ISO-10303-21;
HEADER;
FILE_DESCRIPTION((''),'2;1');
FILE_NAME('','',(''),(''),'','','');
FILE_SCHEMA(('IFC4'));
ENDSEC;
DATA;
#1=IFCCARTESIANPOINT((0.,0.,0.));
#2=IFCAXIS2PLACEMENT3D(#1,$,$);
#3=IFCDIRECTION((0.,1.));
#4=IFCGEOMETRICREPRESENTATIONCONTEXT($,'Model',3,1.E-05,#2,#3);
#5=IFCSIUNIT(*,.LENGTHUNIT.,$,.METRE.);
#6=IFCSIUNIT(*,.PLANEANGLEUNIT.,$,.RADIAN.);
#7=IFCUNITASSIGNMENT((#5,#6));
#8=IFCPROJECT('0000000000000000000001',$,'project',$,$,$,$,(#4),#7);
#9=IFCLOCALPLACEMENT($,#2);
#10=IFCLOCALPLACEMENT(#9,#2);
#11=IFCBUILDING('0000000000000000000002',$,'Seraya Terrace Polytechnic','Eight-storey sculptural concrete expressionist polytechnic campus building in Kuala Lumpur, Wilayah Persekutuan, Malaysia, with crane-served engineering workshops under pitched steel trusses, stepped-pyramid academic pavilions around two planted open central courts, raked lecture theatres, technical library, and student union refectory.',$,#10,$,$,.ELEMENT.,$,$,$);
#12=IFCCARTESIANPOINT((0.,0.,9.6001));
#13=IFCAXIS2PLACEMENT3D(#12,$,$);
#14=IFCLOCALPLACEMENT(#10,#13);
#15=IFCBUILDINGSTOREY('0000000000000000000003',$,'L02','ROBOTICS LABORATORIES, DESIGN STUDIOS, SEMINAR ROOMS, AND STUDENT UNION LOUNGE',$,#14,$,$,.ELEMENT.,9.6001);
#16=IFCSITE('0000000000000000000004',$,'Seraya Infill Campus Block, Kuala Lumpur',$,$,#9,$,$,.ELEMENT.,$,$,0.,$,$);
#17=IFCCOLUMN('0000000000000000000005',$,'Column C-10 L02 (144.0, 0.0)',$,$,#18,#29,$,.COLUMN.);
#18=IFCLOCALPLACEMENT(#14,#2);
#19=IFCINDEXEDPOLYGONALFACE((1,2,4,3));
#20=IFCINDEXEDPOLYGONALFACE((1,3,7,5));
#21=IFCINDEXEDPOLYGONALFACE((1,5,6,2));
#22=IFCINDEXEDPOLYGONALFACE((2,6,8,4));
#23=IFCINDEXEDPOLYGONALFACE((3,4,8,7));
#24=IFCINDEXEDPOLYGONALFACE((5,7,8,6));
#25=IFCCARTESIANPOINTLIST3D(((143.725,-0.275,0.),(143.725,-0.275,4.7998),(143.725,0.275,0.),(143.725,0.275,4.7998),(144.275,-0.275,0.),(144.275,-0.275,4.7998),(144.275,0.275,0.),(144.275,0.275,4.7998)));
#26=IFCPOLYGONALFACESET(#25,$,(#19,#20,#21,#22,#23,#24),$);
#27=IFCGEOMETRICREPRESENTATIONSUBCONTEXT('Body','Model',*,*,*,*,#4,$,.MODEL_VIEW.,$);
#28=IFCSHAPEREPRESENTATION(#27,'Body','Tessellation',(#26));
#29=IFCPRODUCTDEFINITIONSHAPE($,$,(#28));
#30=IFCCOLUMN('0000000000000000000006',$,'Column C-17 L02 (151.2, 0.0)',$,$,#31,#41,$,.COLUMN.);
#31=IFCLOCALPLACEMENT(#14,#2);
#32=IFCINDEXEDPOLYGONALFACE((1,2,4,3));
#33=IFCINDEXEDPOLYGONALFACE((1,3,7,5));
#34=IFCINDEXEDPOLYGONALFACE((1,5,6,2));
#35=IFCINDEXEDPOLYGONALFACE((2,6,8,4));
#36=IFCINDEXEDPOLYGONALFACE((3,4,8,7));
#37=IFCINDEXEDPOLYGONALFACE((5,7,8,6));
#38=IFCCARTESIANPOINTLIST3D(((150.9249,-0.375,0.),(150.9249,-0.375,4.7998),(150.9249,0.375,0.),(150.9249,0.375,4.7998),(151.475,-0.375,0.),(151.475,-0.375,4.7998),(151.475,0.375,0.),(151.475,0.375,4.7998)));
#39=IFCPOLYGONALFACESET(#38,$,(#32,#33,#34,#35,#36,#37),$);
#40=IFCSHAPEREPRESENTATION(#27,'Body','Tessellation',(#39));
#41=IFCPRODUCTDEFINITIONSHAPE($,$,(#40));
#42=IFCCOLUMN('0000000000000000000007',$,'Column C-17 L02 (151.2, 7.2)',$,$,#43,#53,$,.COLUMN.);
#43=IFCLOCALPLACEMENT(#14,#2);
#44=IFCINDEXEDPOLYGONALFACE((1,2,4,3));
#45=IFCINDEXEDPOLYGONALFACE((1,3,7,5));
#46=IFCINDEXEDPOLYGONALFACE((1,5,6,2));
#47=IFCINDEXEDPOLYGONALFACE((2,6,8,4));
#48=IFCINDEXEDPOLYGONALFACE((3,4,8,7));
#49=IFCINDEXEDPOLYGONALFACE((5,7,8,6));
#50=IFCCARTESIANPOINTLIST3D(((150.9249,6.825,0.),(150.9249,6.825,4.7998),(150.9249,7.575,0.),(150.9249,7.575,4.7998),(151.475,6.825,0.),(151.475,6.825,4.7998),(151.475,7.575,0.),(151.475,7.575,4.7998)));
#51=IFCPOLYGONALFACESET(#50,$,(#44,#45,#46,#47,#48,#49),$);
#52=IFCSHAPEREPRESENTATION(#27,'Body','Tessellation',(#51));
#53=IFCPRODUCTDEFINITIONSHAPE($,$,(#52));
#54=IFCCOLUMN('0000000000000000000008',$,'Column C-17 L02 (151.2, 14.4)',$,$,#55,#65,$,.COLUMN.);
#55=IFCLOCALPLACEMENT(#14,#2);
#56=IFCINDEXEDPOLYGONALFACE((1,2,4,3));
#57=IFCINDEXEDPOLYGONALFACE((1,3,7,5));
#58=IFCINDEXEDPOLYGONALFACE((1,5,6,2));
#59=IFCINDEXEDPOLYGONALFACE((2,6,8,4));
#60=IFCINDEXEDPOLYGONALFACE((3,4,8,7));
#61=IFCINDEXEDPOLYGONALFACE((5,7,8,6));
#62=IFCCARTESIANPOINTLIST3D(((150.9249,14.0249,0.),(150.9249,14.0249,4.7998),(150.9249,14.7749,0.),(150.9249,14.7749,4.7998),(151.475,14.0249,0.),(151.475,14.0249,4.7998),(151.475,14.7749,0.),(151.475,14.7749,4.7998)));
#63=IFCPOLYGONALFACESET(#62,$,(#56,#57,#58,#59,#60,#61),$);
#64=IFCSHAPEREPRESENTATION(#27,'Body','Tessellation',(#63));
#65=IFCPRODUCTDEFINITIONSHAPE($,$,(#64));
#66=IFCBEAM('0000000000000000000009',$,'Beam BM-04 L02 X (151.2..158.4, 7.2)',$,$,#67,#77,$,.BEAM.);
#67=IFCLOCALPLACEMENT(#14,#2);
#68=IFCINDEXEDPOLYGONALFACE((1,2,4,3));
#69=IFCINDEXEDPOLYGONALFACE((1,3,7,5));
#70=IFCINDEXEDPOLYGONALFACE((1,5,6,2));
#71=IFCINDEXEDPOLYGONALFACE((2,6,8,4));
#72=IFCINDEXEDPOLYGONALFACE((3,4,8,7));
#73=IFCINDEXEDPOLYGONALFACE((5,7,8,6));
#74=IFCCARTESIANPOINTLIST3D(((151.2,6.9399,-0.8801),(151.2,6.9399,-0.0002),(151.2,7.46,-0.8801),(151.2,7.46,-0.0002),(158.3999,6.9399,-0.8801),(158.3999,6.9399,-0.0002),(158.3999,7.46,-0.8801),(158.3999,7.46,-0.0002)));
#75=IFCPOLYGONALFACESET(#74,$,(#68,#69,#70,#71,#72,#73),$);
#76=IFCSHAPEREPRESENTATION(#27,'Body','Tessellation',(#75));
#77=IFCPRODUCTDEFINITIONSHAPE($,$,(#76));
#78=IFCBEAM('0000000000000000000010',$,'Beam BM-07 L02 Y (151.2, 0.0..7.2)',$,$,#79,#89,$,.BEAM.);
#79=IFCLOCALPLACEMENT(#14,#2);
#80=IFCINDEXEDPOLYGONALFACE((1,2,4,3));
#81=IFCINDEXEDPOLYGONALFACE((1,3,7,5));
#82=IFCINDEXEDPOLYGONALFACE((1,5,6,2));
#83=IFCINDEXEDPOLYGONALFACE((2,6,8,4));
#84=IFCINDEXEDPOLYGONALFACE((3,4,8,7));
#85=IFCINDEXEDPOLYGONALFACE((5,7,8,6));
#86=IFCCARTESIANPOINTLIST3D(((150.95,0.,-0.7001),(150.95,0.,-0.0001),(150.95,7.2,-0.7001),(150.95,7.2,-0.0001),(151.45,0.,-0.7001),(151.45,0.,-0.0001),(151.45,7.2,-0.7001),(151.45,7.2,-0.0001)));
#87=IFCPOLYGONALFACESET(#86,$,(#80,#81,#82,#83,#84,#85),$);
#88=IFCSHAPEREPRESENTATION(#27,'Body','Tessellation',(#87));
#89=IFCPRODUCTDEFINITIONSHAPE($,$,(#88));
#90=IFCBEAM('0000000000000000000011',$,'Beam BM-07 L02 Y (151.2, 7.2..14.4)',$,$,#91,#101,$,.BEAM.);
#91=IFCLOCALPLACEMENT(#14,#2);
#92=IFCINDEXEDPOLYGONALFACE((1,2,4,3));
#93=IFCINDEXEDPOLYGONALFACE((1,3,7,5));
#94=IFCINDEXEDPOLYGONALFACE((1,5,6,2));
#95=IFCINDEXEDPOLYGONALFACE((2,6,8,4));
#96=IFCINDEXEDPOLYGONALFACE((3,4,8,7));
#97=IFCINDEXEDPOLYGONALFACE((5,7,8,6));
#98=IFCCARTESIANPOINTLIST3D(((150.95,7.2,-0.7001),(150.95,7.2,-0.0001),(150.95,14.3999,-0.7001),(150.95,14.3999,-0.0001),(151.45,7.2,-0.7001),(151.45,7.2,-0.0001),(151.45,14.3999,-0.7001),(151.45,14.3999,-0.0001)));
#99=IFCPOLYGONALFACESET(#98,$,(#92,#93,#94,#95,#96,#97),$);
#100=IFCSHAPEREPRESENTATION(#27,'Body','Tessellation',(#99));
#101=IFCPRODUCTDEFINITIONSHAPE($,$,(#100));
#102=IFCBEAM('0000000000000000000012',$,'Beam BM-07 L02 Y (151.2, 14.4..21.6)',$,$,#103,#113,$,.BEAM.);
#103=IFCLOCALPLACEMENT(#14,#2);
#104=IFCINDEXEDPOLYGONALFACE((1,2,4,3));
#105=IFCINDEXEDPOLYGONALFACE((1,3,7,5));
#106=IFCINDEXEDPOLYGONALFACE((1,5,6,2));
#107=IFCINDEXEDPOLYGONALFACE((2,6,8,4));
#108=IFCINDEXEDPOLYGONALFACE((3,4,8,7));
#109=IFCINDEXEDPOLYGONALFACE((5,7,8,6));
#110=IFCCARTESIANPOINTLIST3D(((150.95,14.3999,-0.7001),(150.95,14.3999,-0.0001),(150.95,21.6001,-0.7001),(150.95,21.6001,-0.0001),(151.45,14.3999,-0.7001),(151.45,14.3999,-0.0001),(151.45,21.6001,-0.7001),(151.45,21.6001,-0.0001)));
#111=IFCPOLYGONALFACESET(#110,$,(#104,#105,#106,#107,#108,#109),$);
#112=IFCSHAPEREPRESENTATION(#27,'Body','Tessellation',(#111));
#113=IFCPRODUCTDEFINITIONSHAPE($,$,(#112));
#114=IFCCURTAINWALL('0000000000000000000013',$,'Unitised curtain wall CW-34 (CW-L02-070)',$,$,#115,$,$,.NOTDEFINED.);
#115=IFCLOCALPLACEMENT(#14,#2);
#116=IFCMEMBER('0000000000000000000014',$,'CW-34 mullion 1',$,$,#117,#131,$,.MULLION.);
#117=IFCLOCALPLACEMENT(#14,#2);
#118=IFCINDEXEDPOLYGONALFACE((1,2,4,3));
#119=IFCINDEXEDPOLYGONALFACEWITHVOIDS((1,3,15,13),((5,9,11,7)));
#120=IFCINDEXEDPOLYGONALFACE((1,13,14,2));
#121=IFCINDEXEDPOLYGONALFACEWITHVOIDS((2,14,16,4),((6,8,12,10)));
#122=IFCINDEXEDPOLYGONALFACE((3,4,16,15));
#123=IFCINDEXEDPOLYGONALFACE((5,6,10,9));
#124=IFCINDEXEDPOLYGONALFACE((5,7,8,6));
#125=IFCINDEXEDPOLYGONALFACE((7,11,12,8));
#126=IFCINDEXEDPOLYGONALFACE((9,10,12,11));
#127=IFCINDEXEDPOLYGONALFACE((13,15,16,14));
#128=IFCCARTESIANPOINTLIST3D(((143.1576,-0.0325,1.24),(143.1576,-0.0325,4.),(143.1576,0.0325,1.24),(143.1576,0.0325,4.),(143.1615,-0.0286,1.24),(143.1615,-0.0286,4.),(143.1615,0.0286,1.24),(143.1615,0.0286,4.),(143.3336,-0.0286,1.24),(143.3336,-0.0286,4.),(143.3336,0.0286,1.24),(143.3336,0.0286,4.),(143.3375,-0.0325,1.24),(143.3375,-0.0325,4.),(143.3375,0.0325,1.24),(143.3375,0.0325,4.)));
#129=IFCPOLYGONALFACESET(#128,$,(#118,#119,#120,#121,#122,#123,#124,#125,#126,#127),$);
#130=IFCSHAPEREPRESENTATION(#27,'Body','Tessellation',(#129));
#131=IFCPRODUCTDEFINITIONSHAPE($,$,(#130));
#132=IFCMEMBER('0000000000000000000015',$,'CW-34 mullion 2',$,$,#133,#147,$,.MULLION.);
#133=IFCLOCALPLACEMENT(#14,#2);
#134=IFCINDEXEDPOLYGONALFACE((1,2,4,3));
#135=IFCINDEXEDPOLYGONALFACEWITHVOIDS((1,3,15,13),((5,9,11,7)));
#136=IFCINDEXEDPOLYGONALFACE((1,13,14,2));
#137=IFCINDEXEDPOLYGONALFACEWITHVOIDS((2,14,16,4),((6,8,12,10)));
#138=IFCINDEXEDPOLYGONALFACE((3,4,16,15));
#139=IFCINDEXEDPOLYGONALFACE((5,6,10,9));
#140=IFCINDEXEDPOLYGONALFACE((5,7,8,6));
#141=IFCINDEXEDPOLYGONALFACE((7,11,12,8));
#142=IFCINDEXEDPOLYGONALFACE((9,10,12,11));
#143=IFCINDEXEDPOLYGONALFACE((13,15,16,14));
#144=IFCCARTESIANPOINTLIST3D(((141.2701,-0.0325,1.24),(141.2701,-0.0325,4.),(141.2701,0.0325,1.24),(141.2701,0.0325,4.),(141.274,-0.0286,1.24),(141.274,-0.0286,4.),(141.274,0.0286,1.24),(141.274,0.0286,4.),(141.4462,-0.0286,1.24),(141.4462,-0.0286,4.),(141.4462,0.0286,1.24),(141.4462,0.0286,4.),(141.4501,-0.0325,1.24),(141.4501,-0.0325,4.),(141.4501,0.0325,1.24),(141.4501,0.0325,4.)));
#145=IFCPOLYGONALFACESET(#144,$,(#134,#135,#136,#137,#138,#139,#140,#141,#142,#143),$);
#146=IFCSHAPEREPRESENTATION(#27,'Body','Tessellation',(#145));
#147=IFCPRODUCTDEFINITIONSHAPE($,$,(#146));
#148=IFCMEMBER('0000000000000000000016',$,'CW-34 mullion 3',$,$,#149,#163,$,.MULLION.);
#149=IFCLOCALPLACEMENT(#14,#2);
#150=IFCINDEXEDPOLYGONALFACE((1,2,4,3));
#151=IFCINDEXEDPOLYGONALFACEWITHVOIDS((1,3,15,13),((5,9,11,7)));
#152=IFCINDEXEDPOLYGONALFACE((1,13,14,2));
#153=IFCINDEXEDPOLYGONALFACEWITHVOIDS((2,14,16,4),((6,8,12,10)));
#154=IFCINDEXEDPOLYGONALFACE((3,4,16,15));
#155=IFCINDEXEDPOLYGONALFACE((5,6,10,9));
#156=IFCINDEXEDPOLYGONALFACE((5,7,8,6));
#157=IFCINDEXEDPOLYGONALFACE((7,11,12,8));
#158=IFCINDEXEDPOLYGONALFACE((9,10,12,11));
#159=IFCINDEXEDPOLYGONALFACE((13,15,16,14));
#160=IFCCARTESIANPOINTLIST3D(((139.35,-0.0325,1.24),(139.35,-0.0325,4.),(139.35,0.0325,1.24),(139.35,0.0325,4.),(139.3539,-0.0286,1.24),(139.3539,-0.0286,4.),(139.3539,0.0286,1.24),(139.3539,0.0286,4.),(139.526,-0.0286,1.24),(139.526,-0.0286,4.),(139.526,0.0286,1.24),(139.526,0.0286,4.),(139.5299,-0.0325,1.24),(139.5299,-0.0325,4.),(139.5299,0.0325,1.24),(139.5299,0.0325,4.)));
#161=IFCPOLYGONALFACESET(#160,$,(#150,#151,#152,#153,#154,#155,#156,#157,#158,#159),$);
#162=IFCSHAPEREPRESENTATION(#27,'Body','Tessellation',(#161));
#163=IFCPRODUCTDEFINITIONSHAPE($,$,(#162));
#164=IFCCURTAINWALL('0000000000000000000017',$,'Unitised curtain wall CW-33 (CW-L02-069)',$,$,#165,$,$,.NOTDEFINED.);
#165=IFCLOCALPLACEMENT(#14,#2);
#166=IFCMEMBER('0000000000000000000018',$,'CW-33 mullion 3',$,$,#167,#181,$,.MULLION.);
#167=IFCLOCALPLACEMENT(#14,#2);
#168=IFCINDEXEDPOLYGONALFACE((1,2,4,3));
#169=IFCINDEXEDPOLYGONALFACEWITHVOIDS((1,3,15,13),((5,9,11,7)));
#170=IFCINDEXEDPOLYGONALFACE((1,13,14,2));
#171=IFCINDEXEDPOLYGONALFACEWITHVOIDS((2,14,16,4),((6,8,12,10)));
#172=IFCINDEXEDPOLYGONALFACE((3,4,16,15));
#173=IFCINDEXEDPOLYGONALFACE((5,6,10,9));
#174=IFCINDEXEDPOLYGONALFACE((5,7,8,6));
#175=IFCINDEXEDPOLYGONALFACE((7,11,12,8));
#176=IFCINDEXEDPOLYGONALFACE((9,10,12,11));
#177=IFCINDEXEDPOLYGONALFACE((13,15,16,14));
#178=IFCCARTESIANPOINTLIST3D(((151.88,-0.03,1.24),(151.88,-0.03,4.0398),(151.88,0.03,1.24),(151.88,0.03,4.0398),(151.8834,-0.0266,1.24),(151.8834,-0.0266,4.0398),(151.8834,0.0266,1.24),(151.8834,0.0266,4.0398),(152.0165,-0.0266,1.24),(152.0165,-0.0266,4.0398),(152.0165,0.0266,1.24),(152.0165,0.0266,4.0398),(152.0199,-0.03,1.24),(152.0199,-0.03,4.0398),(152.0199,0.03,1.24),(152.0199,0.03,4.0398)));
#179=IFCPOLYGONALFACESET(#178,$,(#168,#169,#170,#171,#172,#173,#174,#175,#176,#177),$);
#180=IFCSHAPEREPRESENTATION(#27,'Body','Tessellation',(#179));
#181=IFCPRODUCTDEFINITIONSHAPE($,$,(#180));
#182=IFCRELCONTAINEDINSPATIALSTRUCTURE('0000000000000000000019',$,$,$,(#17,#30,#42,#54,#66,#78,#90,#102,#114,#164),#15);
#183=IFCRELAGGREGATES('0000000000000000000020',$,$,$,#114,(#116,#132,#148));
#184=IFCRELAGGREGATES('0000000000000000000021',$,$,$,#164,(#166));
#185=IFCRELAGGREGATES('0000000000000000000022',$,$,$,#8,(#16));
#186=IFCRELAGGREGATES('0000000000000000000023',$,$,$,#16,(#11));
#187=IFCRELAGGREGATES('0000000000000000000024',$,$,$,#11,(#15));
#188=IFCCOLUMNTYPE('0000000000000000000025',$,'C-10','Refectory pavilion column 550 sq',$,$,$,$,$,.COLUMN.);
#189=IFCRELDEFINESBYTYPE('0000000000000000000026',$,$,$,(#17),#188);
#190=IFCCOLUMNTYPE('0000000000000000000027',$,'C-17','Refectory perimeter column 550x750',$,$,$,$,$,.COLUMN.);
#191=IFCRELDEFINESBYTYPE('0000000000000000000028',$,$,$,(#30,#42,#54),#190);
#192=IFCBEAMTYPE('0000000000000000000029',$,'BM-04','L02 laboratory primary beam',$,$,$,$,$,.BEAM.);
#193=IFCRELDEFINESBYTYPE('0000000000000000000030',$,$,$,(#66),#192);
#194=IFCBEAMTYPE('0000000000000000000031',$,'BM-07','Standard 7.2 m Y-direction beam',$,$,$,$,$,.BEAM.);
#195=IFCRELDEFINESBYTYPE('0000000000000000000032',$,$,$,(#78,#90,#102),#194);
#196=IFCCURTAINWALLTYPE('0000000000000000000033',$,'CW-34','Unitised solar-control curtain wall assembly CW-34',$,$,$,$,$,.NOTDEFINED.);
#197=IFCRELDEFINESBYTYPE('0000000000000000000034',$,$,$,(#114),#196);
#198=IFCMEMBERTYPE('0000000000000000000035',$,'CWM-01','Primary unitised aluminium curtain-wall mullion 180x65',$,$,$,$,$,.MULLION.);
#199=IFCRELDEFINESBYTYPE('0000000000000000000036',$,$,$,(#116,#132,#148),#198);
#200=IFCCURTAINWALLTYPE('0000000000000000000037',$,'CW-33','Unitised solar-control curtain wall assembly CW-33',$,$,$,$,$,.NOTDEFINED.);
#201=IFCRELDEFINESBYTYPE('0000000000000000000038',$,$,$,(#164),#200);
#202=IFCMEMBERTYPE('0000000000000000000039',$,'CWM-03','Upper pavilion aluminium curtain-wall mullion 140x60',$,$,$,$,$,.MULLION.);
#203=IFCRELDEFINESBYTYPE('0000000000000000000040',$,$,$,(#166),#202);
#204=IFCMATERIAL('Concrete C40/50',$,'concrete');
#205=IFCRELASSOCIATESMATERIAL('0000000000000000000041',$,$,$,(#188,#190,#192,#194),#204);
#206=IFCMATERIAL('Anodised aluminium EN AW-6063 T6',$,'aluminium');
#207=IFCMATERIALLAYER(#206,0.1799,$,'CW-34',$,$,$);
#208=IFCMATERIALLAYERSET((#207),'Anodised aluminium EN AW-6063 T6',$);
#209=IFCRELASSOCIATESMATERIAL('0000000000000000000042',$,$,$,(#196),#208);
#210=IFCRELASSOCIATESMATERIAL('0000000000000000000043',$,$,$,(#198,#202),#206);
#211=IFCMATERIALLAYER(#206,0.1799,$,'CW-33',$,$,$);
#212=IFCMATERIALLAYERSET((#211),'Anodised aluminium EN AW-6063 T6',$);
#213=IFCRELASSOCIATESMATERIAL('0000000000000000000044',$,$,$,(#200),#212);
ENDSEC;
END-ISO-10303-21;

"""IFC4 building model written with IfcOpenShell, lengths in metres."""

from ifc_helpers import new_model, si_unit, direction, frame, origin, origin_2d, place, context, subcontext, project, spatial, rectangle, hollow_rectangle, extrude, material, layer, layer_set, material_profile, profile_set, type_object, element, aggregate, save


model = new_model("IFC4")

# Units and contexts
model_context = context("Model", 3, precision=1e-05, world=origin(), true_north=direction((0.0, 1.0)))
body_context = subcontext(model_context, "Body", "Model", "MODEL_VIEW")
ifc_project = project(units=[si_unit("LENGTHUNIT", "METRE"), si_unit("PLANEANGLEUNIT", "RADIAN")], contexts=[model_context])

# Site, building, storey
site_placement = place(None, origin())
site = spatial("IfcSite", under=ifc_project, at=site_placement, Name="Seraya Infill Campus Block, Kuala Lumpur", CompositionType="ELEMENT", RefElevation=0.0)
building_placement = place(site_placement, origin())
building = spatial("IfcBuilding", under=site, at=building_placement, Name="Seraya Terrace Polytechnic", Description="Eight-storey sculptural concrete expressionist polytechnic campus building in Kuala Lumpur, Wilayah Persekutuan, Malaysia, with crane-served engineering workshops under pitched steel trusses, stepped-pyramid academic pavilions around two planted open central courts, raked lecture theatres, technical library, and student union refectory.", CompositionType="ELEMENT")
storey_placement = place(building_placement, frame((0.0, 0.0, 9.6001)))
storey = spatial("IfcBuildingStorey", under=building, at=storey_placement, Name="L02", Description="ROBOTICS LABORATORIES, DESIGN STUDIOS, SEMINAR ROOMS, AND STUDENT UNION LOUNGE", CompositionType="ELEMENT", Elevation=9.6001)

# Columns
ifc_material_1 = material(Name="Concrete C40/50", Category="concrete")
ifc_material_profile_1 = material_profile(ifc_material_1, rectangle(XDim=0.55, YDim=0.55, at=origin_2d()), Name="RC 550x550")
ifc_profile_set_1 = profile_set([ifc_material_profile_1], Name="Concrete C40/50")
column_type_1 = type_object("IfcColumnType", Name="C-10", Description="Refectory pavilion column 550 sq", PredefinedType="COLUMN", material=ifc_profile_set_1)
column_placement = place(storey_placement, frame((144.0, 0.0, 0.0), z_axis=(0.0, 0.0, 1.0), x_axis=(1.0, 0.0, 0.0)))
element("IfcColumn", 1, at=column_placement, inside=storey, type_object=column_type_1, Name="Column C-10 L02 (144.0, 0.0)", PredefinedType="COLUMN", context=body_context, shape_type="SweptSolid", body=[
    extrude(rectangle(XDim=0.55, YDim=0.55, at=origin_2d()), origin(), (0.0, 0.0, 1.0), 4.7998),
])
ifc_material_profile_2 = material_profile(ifc_material_1, rectangle(XDim=0.55, YDim=0.75, at=origin_2d()), Name="RC 550x750")
ifc_profile_set_2 = profile_set([ifc_material_profile_2], Name="Concrete C40/50")
column_type_2 = type_object("IfcColumnType", Name="C-17", Description="Refectory perimeter column 550x750", PredefinedType="COLUMN", material=ifc_profile_set_2)
for number, where, z_axis, x_axis, name in (
    (2, (151.2, 0.0, 0.0), (0.0, 0.0, 1.0), (1.0, 0.0, 0.0), "Column C-17 L02 (151.2, 0.0)"),
    (3, (151.2, 7.2, 0.0), (0.0, 0.0, 1.0), (1.0, 0.0, 0.0), "Column C-17 L02 (151.2, 7.2)"),
    (4, (151.2, 14.3999, 0.0), (0.0, 0.0, 1.0), (1.0, 0.0, 0.0), "Column C-17 L02 (151.2, 14.4)"),
):
    element("IfcColumn", number, at=place(storey_placement, frame(where, z_axis=z_axis, x_axis=x_axis)), inside=storey, type_object=column_type_2, Name=name, PredefinedType="COLUMN", context=body_context, shape_type="SweptSolid", body=[
        extrude(rectangle(XDim=0.55, YDim=0.75, at=origin_2d()), origin(), (0.0, 0.0, 1.0), 4.7998),
    ])

# Beams
ifc_material_profile_3 = material_profile(ifc_material_1, rectangle(XDim=0.52, YDim=0.8799, at=origin_2d()), Name="RC 520x880")
ifc_profile_set_3 = profile_set([ifc_material_profile_3], Name="Concrete C40/50")
beam_type_1 = type_object("IfcBeamType", Name="BM-04", Description="L02 laboratory primary beam", PredefinedType="BEAM", material=ifc_profile_set_3)
beam_1_placement = place(storey_placement, frame((151.2, 7.2, -0.4402), z_axis=(1.0, 0.0, 0.0), x_axis=(0.0, 1.0, 0.0)))
element("IfcBeam", 5, at=beam_1_placement, inside=storey, type_object=beam_type_1, Name="Beam BM-04 L02 X (151.2..158.4, 7.2)", PredefinedType="BEAM", context=body_context, shape_type="SweptSolid", body=[
    extrude(rectangle(XDim=0.52, YDim=0.8799, at=origin_2d()), origin(), (0.0, 0.0, 1.0), 7.2),
])
ifc_material_profile_4 = material_profile(ifc_material_1, rectangle(XDim=0.5, YDim=0.7, at=origin_2d()), Name="RC 500x700")
ifc_profile_set_4 = profile_set([ifc_material_profile_4], Name="Concrete C40/50")
beam_type_2 = type_object("IfcBeamType", Name="BM-07", Description="Standard 7.2 m Y-direction beam", PredefinedType="BEAM", material=ifc_profile_set_4)
for number, where, z_axis, x_axis, name in (
    (6, (151.2, 0.0, -0.3501), (0.0, 1.0, 0.0), (-1.0, 0.0, 0.0), "Beam BM-07 L02 Y (151.2, 0.0..7.2)"),
    (7, (151.2, 7.2, -0.3501), (0.0, 1.0, 0.0), (-1.0, 0.0, 0.0), "Beam BM-07 L02 Y (151.2, 7.2..14.4)"),
):
    element("IfcBeam", number, at=place(storey_placement, frame(where, z_axis=z_axis, x_axis=x_axis)), inside=storey, type_object=beam_type_2, Name=name, PredefinedType="BEAM", context=body_context, shape_type="SweptSolid", body=[
        extrude(rectangle(XDim=0.5, YDim=0.7, at=origin_2d()), origin(), (0.0, 0.0, 1.0), 7.2),
    ])
beam_2_placement = place(storey_placement, frame((151.2, 14.3999, -0.3501), z_axis=(0.0, 1.0, 0.0), x_axis=(-1.0, 0.0, 0.0)))
element("IfcBeam", 8, at=beam_2_placement, inside=storey, type_object=beam_type_2, Name="Beam BM-07 L02 Y (151.2, 14.4..21.6)", PredefinedType="BEAM", context=body_context, shape_type="SweptSolid", body=[
    extrude(rectangle(XDim=0.5, YDim=0.7, at=origin_2d()), origin(), (0.0, 0.0, 1.0), 7.2002),
])

# Curtain wall, members
ifc_material_2 = material(Name="Anodised aluminium EN AW-6063 T6", Category="aluminium")
ifc_layer_1 = layer(ifc_material_2, 0.1799, Name="CW-34")
ifc_layer_set_1 = layer_set([ifc_layer_1], Name="Anodised aluminium EN AW-6063 T6")
curtain_wall_type_1 = type_object("IfcCurtainWallType", Name="CW-34", Description="Unitised solar-control curtain wall assembly CW-34", PredefinedType="NOTDEFINED", material=ifc_layer_set_1)
curtain_wall_1_placement = place(storey_placement, origin())
curtain_wall_1 = element("IfcCurtainWall", 9, at=curtain_wall_1_placement, inside=storey, type_object=curtain_wall_type_1, Name="Unitised curtain wall CW-34 (CW-L02-070)", PredefinedType="NOTDEFINED")
ifc_material_profile_5 = material_profile(ifc_material_2, hollow_rectangle(XDim=0.0649, YDim=0.1799, WallThickness=0.0039, at=origin_2d()), Name="RHS 180x65x4.0")
ifc_profile_set_5 = profile_set([ifc_material_profile_5], Name="Anodised aluminium EN AW-6063 T6")
member_type_1 = type_object("IfcMemberType", Name="CWM-01", Description="Primary unitised aluminium curtain-wall mullion 180x65", PredefinedType="MULLION", material=ifc_profile_set_5)
member_1_placement = place(storey_placement, frame((143.2476, 0.0, 1.24), z_axis=(0.0, 0.0, 1.0), x_axis=(0.0, -1.0, 0.0)))
member_1 = element("IfcMember", 10, at=member_1_placement, type_object=member_type_1, Name="CW-34 mullion 1", PredefinedType="MULLION", context=body_context, shape_type="SweptSolid", body=[
    extrude(hollow_rectangle(XDim=0.0649, YDim=0.1799, WallThickness=0.0039, at=origin_2d()), origin(), (0.0, 0.0, 1.0), 2.76),
])
member_2_placement = place(storey_placement, frame((141.3601, 0.0, 1.24), z_axis=(0.0, 0.0, 1.0), x_axis=(0.0, -1.0, 0.0)))
member_2 = element("IfcMember", 11, at=member_2_placement, type_object=member_type_1, Name="CW-34 mullion 2", PredefinedType="MULLION", context=body_context, shape_type="SweptSolid", body=[
    extrude(hollow_rectangle(XDim=0.0649, YDim=0.1799, WallThickness=0.0039, at=origin_2d()), origin(), (0.0, 0.0, 1.0), 2.76),
])
member_3_placement = place(storey_placement, frame((139.4399, 0.0, 1.24), z_axis=(0.0, 0.0, 1.0), x_axis=(0.0, -1.0, 0.0)))
member_3 = element("IfcMember", 12, at=member_3_placement, type_object=member_type_1, Name="CW-34 mullion 3", PredefinedType="MULLION", context=body_context, shape_type="SweptSolid", body=[
    extrude(hollow_rectangle(XDim=0.0649, YDim=0.1799, WallThickness=0.0039, at=origin_2d()), origin(), (0.0, 0.0, 1.0), 2.76),
])

# Curtain wall, member
ifc_layer_2 = layer(ifc_material_2, 0.1799, Name="CW-33")
ifc_layer_set_2 = layer_set([ifc_layer_2], Name="Anodised aluminium EN AW-6063 T6")
curtain_wall_type_2 = type_object("IfcCurtainWallType", Name="CW-33", Description="Unitised solar-control curtain wall assembly CW-33", PredefinedType="NOTDEFINED", material=ifc_layer_set_2)
curtain_wall_2_placement = place(storey_placement, origin())
curtain_wall_2 = element("IfcCurtainWall", 13, at=curtain_wall_2_placement, inside=storey, type_object=curtain_wall_type_2, Name="Unitised curtain wall CW-33 (CW-L02-069)", PredefinedType="NOTDEFINED")
ifc_material_profile_6 = material_profile(ifc_material_2, hollow_rectangle(XDim=0.0601, YDim=0.1399, WallThickness=0.0034, at=origin_2d()), Name="RHS 140x60x3.5")
ifc_profile_set_6 = profile_set([ifc_material_profile_6], Name="Anodised aluminium EN AW-6063 T6")
member_type_2 = type_object("IfcMemberType", Name="CWM-03", Description="Upper pavilion aluminium curtain-wall mullion 140x60", PredefinedType="MULLION", material=ifc_profile_set_6)
member_4_placement = place(storey_placement, frame((151.95, 0.0, 1.24), z_axis=(0.0, 0.0, 1.0), x_axis=(0.0, -1.0, 0.0)))
member_4 = element("IfcMember", 14, at=member_4_placement, type_object=member_type_2, Name="CW-33 mullion 3", PredefinedType="MULLION", context=body_context, shape_type="SweptSolid", body=[
    extrude(hollow_rectangle(XDim=0.0601, YDim=0.1399, WallThickness=0.0034, at=origin_2d()), origin(), (0.0, 0.0, 1.0), 2.7998),
])

aggregate(curtain_wall_1, [member_1, member_2, member_3])
aggregate(curtain_wall_2, [member_4])

save(model, "model.ifc")
